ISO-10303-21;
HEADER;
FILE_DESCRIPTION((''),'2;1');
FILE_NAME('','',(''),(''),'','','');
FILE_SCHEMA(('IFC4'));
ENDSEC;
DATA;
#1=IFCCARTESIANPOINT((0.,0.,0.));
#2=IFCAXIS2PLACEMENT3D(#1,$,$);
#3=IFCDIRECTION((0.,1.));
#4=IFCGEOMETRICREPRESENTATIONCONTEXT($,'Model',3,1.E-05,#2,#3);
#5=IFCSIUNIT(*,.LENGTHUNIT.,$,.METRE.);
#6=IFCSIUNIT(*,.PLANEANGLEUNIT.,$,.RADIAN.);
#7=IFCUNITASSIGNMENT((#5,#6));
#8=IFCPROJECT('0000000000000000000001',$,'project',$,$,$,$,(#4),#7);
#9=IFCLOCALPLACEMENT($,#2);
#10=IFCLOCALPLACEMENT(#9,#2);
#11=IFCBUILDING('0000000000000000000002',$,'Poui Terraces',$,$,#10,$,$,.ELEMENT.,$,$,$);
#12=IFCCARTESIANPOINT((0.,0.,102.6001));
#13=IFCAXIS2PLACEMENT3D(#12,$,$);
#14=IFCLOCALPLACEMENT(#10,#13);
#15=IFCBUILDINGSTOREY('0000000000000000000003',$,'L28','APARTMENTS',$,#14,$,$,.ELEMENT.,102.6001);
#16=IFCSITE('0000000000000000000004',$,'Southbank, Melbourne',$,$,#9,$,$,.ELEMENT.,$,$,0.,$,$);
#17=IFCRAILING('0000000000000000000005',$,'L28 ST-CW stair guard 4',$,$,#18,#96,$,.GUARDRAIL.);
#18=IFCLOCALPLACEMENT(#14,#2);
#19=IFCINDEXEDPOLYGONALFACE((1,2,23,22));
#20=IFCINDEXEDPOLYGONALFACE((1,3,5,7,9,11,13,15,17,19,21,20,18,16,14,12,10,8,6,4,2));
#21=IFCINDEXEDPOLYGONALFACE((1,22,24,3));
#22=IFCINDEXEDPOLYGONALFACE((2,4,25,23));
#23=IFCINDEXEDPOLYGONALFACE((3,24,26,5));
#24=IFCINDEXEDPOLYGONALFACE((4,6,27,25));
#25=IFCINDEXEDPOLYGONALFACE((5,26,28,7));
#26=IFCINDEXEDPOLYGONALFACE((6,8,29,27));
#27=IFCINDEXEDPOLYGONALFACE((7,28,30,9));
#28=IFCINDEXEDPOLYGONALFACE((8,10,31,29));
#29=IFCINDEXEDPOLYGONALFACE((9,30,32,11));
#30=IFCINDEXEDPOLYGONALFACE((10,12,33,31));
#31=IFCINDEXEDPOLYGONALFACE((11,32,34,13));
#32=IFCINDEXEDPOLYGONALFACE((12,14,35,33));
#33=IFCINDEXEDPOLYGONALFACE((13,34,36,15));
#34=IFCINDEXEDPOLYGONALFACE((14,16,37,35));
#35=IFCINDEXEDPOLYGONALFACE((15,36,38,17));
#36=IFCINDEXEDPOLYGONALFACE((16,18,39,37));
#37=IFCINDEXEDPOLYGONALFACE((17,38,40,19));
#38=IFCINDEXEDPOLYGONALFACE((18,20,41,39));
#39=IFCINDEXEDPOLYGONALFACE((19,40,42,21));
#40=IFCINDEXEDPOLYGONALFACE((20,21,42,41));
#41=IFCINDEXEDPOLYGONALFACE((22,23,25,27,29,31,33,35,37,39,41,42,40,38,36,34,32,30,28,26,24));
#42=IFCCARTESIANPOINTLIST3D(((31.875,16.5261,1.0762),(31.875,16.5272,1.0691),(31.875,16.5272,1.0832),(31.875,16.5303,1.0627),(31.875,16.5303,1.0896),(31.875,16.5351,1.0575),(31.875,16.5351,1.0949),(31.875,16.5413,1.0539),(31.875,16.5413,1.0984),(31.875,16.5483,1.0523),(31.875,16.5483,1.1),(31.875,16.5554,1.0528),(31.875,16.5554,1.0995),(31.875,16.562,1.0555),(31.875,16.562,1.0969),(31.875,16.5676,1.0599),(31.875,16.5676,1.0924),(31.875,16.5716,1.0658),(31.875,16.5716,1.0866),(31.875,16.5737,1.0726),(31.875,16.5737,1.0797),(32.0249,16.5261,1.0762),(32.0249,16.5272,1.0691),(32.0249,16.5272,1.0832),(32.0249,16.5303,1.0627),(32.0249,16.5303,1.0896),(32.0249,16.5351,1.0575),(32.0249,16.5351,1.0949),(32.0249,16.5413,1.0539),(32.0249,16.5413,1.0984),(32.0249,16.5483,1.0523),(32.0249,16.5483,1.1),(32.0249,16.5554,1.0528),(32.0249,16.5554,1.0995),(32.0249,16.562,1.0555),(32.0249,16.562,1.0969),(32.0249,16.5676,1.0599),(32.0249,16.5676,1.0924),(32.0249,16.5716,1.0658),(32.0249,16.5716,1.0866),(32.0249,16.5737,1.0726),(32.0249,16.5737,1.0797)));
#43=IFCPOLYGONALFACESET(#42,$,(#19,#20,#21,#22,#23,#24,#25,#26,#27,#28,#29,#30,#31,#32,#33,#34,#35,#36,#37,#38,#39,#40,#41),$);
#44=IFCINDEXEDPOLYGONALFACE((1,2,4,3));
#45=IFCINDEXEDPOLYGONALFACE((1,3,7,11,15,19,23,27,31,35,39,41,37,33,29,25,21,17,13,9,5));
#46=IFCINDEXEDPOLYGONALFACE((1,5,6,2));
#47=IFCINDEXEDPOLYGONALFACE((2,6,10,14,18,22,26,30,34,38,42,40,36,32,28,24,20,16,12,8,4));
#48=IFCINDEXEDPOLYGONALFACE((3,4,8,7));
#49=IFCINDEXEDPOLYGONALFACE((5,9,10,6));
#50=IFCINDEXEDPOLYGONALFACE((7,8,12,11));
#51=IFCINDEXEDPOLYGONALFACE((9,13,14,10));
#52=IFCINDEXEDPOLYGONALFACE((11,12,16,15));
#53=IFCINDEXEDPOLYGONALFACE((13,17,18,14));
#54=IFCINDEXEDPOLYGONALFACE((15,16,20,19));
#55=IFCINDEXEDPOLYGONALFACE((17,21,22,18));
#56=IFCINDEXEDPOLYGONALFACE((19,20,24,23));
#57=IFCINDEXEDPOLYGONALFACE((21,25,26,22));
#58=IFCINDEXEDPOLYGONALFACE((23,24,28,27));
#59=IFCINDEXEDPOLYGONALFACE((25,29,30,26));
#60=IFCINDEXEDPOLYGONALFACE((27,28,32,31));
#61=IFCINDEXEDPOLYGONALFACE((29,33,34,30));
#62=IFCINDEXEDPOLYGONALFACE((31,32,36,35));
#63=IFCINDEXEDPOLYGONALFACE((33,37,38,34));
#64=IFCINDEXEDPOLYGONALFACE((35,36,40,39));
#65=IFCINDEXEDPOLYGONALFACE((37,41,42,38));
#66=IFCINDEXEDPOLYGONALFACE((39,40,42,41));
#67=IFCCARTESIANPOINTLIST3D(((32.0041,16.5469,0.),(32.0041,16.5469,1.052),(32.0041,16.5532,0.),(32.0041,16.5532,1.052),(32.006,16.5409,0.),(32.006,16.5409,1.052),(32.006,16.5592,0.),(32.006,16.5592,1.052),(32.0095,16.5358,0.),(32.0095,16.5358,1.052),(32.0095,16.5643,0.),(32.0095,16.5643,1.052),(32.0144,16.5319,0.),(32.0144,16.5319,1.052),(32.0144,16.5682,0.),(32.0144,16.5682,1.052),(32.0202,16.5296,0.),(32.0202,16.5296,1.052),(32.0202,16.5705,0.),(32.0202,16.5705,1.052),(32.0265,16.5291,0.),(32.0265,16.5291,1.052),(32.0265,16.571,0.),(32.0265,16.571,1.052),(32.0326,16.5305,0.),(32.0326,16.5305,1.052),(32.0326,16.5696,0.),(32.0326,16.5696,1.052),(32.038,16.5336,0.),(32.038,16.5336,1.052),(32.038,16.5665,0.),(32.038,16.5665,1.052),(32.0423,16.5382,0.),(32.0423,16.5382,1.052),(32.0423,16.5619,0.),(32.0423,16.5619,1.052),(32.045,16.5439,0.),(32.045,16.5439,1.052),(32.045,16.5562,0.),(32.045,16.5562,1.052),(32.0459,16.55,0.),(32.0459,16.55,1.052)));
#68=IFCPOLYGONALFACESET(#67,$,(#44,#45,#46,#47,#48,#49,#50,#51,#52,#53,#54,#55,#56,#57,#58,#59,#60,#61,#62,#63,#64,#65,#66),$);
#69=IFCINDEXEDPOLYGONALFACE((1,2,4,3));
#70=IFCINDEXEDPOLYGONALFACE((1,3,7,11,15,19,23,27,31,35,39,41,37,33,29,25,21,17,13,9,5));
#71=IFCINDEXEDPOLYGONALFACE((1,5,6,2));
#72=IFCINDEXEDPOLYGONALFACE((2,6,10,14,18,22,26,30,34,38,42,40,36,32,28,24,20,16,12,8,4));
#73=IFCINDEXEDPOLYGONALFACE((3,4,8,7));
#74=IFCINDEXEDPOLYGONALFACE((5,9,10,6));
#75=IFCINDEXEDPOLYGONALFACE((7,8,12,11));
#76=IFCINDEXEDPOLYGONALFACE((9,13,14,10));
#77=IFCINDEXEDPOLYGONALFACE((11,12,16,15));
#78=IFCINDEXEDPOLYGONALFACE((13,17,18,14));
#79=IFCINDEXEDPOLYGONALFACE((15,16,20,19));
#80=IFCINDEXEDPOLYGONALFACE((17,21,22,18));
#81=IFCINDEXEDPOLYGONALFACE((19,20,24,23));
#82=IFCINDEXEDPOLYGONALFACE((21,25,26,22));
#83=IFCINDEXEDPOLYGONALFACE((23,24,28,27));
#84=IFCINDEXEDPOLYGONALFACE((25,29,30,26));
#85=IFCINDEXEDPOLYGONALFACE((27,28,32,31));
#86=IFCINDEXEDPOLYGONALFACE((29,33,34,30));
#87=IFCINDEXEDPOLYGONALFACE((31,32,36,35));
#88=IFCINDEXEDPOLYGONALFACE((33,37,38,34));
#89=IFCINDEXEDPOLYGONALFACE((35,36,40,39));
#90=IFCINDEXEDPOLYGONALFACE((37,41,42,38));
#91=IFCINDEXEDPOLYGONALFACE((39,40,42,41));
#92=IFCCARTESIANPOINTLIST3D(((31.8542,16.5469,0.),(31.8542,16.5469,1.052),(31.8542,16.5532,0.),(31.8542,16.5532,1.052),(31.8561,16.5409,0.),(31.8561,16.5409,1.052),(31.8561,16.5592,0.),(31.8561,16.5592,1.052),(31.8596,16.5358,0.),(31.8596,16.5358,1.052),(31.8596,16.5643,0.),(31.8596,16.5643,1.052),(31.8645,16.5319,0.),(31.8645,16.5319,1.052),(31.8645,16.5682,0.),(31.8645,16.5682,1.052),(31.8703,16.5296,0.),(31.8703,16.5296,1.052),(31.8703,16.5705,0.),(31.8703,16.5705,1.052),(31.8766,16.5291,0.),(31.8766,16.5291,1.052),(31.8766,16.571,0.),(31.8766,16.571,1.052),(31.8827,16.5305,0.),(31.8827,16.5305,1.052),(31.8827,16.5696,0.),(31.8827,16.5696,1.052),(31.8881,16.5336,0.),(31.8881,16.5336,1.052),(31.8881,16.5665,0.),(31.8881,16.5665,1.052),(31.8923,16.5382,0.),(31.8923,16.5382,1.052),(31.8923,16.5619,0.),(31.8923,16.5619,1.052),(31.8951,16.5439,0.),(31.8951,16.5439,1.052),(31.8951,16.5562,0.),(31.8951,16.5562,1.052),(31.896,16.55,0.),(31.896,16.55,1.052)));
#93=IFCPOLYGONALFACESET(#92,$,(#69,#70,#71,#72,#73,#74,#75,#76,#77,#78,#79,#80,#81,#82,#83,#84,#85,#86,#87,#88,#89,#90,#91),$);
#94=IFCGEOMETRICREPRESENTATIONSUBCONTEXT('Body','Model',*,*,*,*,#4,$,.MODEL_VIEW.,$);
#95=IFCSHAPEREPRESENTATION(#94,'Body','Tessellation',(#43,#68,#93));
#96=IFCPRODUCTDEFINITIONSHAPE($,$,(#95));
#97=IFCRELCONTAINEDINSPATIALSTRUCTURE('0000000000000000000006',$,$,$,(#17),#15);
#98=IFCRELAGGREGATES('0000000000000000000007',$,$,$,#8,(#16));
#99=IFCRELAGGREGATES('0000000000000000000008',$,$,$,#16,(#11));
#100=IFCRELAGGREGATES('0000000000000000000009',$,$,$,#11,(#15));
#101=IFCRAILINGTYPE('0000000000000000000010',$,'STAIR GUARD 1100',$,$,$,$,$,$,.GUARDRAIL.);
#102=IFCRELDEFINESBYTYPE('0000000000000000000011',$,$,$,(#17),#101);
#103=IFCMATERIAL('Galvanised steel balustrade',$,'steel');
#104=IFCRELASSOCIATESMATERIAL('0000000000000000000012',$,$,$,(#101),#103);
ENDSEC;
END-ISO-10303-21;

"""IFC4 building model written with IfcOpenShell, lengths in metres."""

from ifc_helpers import new_model, si_unit, direction, frame, origin, origin_2d, place, context, subcontext, project, spatial, circle, extrude, material, type_object, element, save


model = new_model("IFC4")

# Units and contexts
model_context = context("Model", 3, precision=1e-05, world=origin(), true_north=direction((0.0, 1.0)))
body_context = subcontext(model_context, "Body", "Model", "MODEL_VIEW")
ifc_project = project(units=[si_unit("LENGTHUNIT", "METRE"), si_unit("PLANEANGLEUNIT", "RADIAN")], contexts=[model_context])

# Site, building, storey
site_placement = place(None, origin())
site = spatial("IfcSite", under=ifc_project, at=site_placement, Name="Southbank, Melbourne", CompositionType="ELEMENT", RefElevation=0.0)
building_placement = place(site_placement, origin())
building = spatial("IfcBuilding", under=site, at=building_placement, Name="Poui Terraces", CompositionType="ELEMENT")
storey_placement = place(building_placement, frame((0.0, 0.0, 102.6001)))
storey = spatial("IfcBuildingStorey", under=building, at=storey_placement, Name="L28", Description="APARTMENTS", CompositionType="ELEMENT", Elevation=102.6001)

# Railing
ifc_material_1 = material(Name="Galvanised steel balustrade", Category="steel")
railing_type_1 = type_object("IfcRailingType", Name="STAIR GUARD 1100", PredefinedType="GUARDRAIL", material=ifc_material_1)
railing_1_placement = place(storey_placement, frame((32.0249, 16.55, 0.0)))
element("IfcRailing", 1, at=railing_1_placement, inside=storey, type_object=railing_type_1, Name="L28 ST-CW stair guard 4", PredefinedType="GUARDRAIL", context=body_context, shape_type="SweptSolid", body=[
    extrude(circle(Radius=0.0239, at=origin_2d()), frame((0.0, 0.0, 1.0762), z_axis=(-1.0, 0.0, 0.0), x_axis=(0.0, -1.0, 0.0)), (0.0, 0.0, 1.0), 0.1499),
    extrude(circle(Radius=0.021, at=origin_2d()), origin(), (0.0, 0.0, 1.0), 1.052),
    extrude(circle(Radius=0.021, at=origin_2d()), frame((-0.1499, 0.0, 0.0)), (0.0, 0.0, 1.0), 1.052),
])

save(model, "model.ifc")
